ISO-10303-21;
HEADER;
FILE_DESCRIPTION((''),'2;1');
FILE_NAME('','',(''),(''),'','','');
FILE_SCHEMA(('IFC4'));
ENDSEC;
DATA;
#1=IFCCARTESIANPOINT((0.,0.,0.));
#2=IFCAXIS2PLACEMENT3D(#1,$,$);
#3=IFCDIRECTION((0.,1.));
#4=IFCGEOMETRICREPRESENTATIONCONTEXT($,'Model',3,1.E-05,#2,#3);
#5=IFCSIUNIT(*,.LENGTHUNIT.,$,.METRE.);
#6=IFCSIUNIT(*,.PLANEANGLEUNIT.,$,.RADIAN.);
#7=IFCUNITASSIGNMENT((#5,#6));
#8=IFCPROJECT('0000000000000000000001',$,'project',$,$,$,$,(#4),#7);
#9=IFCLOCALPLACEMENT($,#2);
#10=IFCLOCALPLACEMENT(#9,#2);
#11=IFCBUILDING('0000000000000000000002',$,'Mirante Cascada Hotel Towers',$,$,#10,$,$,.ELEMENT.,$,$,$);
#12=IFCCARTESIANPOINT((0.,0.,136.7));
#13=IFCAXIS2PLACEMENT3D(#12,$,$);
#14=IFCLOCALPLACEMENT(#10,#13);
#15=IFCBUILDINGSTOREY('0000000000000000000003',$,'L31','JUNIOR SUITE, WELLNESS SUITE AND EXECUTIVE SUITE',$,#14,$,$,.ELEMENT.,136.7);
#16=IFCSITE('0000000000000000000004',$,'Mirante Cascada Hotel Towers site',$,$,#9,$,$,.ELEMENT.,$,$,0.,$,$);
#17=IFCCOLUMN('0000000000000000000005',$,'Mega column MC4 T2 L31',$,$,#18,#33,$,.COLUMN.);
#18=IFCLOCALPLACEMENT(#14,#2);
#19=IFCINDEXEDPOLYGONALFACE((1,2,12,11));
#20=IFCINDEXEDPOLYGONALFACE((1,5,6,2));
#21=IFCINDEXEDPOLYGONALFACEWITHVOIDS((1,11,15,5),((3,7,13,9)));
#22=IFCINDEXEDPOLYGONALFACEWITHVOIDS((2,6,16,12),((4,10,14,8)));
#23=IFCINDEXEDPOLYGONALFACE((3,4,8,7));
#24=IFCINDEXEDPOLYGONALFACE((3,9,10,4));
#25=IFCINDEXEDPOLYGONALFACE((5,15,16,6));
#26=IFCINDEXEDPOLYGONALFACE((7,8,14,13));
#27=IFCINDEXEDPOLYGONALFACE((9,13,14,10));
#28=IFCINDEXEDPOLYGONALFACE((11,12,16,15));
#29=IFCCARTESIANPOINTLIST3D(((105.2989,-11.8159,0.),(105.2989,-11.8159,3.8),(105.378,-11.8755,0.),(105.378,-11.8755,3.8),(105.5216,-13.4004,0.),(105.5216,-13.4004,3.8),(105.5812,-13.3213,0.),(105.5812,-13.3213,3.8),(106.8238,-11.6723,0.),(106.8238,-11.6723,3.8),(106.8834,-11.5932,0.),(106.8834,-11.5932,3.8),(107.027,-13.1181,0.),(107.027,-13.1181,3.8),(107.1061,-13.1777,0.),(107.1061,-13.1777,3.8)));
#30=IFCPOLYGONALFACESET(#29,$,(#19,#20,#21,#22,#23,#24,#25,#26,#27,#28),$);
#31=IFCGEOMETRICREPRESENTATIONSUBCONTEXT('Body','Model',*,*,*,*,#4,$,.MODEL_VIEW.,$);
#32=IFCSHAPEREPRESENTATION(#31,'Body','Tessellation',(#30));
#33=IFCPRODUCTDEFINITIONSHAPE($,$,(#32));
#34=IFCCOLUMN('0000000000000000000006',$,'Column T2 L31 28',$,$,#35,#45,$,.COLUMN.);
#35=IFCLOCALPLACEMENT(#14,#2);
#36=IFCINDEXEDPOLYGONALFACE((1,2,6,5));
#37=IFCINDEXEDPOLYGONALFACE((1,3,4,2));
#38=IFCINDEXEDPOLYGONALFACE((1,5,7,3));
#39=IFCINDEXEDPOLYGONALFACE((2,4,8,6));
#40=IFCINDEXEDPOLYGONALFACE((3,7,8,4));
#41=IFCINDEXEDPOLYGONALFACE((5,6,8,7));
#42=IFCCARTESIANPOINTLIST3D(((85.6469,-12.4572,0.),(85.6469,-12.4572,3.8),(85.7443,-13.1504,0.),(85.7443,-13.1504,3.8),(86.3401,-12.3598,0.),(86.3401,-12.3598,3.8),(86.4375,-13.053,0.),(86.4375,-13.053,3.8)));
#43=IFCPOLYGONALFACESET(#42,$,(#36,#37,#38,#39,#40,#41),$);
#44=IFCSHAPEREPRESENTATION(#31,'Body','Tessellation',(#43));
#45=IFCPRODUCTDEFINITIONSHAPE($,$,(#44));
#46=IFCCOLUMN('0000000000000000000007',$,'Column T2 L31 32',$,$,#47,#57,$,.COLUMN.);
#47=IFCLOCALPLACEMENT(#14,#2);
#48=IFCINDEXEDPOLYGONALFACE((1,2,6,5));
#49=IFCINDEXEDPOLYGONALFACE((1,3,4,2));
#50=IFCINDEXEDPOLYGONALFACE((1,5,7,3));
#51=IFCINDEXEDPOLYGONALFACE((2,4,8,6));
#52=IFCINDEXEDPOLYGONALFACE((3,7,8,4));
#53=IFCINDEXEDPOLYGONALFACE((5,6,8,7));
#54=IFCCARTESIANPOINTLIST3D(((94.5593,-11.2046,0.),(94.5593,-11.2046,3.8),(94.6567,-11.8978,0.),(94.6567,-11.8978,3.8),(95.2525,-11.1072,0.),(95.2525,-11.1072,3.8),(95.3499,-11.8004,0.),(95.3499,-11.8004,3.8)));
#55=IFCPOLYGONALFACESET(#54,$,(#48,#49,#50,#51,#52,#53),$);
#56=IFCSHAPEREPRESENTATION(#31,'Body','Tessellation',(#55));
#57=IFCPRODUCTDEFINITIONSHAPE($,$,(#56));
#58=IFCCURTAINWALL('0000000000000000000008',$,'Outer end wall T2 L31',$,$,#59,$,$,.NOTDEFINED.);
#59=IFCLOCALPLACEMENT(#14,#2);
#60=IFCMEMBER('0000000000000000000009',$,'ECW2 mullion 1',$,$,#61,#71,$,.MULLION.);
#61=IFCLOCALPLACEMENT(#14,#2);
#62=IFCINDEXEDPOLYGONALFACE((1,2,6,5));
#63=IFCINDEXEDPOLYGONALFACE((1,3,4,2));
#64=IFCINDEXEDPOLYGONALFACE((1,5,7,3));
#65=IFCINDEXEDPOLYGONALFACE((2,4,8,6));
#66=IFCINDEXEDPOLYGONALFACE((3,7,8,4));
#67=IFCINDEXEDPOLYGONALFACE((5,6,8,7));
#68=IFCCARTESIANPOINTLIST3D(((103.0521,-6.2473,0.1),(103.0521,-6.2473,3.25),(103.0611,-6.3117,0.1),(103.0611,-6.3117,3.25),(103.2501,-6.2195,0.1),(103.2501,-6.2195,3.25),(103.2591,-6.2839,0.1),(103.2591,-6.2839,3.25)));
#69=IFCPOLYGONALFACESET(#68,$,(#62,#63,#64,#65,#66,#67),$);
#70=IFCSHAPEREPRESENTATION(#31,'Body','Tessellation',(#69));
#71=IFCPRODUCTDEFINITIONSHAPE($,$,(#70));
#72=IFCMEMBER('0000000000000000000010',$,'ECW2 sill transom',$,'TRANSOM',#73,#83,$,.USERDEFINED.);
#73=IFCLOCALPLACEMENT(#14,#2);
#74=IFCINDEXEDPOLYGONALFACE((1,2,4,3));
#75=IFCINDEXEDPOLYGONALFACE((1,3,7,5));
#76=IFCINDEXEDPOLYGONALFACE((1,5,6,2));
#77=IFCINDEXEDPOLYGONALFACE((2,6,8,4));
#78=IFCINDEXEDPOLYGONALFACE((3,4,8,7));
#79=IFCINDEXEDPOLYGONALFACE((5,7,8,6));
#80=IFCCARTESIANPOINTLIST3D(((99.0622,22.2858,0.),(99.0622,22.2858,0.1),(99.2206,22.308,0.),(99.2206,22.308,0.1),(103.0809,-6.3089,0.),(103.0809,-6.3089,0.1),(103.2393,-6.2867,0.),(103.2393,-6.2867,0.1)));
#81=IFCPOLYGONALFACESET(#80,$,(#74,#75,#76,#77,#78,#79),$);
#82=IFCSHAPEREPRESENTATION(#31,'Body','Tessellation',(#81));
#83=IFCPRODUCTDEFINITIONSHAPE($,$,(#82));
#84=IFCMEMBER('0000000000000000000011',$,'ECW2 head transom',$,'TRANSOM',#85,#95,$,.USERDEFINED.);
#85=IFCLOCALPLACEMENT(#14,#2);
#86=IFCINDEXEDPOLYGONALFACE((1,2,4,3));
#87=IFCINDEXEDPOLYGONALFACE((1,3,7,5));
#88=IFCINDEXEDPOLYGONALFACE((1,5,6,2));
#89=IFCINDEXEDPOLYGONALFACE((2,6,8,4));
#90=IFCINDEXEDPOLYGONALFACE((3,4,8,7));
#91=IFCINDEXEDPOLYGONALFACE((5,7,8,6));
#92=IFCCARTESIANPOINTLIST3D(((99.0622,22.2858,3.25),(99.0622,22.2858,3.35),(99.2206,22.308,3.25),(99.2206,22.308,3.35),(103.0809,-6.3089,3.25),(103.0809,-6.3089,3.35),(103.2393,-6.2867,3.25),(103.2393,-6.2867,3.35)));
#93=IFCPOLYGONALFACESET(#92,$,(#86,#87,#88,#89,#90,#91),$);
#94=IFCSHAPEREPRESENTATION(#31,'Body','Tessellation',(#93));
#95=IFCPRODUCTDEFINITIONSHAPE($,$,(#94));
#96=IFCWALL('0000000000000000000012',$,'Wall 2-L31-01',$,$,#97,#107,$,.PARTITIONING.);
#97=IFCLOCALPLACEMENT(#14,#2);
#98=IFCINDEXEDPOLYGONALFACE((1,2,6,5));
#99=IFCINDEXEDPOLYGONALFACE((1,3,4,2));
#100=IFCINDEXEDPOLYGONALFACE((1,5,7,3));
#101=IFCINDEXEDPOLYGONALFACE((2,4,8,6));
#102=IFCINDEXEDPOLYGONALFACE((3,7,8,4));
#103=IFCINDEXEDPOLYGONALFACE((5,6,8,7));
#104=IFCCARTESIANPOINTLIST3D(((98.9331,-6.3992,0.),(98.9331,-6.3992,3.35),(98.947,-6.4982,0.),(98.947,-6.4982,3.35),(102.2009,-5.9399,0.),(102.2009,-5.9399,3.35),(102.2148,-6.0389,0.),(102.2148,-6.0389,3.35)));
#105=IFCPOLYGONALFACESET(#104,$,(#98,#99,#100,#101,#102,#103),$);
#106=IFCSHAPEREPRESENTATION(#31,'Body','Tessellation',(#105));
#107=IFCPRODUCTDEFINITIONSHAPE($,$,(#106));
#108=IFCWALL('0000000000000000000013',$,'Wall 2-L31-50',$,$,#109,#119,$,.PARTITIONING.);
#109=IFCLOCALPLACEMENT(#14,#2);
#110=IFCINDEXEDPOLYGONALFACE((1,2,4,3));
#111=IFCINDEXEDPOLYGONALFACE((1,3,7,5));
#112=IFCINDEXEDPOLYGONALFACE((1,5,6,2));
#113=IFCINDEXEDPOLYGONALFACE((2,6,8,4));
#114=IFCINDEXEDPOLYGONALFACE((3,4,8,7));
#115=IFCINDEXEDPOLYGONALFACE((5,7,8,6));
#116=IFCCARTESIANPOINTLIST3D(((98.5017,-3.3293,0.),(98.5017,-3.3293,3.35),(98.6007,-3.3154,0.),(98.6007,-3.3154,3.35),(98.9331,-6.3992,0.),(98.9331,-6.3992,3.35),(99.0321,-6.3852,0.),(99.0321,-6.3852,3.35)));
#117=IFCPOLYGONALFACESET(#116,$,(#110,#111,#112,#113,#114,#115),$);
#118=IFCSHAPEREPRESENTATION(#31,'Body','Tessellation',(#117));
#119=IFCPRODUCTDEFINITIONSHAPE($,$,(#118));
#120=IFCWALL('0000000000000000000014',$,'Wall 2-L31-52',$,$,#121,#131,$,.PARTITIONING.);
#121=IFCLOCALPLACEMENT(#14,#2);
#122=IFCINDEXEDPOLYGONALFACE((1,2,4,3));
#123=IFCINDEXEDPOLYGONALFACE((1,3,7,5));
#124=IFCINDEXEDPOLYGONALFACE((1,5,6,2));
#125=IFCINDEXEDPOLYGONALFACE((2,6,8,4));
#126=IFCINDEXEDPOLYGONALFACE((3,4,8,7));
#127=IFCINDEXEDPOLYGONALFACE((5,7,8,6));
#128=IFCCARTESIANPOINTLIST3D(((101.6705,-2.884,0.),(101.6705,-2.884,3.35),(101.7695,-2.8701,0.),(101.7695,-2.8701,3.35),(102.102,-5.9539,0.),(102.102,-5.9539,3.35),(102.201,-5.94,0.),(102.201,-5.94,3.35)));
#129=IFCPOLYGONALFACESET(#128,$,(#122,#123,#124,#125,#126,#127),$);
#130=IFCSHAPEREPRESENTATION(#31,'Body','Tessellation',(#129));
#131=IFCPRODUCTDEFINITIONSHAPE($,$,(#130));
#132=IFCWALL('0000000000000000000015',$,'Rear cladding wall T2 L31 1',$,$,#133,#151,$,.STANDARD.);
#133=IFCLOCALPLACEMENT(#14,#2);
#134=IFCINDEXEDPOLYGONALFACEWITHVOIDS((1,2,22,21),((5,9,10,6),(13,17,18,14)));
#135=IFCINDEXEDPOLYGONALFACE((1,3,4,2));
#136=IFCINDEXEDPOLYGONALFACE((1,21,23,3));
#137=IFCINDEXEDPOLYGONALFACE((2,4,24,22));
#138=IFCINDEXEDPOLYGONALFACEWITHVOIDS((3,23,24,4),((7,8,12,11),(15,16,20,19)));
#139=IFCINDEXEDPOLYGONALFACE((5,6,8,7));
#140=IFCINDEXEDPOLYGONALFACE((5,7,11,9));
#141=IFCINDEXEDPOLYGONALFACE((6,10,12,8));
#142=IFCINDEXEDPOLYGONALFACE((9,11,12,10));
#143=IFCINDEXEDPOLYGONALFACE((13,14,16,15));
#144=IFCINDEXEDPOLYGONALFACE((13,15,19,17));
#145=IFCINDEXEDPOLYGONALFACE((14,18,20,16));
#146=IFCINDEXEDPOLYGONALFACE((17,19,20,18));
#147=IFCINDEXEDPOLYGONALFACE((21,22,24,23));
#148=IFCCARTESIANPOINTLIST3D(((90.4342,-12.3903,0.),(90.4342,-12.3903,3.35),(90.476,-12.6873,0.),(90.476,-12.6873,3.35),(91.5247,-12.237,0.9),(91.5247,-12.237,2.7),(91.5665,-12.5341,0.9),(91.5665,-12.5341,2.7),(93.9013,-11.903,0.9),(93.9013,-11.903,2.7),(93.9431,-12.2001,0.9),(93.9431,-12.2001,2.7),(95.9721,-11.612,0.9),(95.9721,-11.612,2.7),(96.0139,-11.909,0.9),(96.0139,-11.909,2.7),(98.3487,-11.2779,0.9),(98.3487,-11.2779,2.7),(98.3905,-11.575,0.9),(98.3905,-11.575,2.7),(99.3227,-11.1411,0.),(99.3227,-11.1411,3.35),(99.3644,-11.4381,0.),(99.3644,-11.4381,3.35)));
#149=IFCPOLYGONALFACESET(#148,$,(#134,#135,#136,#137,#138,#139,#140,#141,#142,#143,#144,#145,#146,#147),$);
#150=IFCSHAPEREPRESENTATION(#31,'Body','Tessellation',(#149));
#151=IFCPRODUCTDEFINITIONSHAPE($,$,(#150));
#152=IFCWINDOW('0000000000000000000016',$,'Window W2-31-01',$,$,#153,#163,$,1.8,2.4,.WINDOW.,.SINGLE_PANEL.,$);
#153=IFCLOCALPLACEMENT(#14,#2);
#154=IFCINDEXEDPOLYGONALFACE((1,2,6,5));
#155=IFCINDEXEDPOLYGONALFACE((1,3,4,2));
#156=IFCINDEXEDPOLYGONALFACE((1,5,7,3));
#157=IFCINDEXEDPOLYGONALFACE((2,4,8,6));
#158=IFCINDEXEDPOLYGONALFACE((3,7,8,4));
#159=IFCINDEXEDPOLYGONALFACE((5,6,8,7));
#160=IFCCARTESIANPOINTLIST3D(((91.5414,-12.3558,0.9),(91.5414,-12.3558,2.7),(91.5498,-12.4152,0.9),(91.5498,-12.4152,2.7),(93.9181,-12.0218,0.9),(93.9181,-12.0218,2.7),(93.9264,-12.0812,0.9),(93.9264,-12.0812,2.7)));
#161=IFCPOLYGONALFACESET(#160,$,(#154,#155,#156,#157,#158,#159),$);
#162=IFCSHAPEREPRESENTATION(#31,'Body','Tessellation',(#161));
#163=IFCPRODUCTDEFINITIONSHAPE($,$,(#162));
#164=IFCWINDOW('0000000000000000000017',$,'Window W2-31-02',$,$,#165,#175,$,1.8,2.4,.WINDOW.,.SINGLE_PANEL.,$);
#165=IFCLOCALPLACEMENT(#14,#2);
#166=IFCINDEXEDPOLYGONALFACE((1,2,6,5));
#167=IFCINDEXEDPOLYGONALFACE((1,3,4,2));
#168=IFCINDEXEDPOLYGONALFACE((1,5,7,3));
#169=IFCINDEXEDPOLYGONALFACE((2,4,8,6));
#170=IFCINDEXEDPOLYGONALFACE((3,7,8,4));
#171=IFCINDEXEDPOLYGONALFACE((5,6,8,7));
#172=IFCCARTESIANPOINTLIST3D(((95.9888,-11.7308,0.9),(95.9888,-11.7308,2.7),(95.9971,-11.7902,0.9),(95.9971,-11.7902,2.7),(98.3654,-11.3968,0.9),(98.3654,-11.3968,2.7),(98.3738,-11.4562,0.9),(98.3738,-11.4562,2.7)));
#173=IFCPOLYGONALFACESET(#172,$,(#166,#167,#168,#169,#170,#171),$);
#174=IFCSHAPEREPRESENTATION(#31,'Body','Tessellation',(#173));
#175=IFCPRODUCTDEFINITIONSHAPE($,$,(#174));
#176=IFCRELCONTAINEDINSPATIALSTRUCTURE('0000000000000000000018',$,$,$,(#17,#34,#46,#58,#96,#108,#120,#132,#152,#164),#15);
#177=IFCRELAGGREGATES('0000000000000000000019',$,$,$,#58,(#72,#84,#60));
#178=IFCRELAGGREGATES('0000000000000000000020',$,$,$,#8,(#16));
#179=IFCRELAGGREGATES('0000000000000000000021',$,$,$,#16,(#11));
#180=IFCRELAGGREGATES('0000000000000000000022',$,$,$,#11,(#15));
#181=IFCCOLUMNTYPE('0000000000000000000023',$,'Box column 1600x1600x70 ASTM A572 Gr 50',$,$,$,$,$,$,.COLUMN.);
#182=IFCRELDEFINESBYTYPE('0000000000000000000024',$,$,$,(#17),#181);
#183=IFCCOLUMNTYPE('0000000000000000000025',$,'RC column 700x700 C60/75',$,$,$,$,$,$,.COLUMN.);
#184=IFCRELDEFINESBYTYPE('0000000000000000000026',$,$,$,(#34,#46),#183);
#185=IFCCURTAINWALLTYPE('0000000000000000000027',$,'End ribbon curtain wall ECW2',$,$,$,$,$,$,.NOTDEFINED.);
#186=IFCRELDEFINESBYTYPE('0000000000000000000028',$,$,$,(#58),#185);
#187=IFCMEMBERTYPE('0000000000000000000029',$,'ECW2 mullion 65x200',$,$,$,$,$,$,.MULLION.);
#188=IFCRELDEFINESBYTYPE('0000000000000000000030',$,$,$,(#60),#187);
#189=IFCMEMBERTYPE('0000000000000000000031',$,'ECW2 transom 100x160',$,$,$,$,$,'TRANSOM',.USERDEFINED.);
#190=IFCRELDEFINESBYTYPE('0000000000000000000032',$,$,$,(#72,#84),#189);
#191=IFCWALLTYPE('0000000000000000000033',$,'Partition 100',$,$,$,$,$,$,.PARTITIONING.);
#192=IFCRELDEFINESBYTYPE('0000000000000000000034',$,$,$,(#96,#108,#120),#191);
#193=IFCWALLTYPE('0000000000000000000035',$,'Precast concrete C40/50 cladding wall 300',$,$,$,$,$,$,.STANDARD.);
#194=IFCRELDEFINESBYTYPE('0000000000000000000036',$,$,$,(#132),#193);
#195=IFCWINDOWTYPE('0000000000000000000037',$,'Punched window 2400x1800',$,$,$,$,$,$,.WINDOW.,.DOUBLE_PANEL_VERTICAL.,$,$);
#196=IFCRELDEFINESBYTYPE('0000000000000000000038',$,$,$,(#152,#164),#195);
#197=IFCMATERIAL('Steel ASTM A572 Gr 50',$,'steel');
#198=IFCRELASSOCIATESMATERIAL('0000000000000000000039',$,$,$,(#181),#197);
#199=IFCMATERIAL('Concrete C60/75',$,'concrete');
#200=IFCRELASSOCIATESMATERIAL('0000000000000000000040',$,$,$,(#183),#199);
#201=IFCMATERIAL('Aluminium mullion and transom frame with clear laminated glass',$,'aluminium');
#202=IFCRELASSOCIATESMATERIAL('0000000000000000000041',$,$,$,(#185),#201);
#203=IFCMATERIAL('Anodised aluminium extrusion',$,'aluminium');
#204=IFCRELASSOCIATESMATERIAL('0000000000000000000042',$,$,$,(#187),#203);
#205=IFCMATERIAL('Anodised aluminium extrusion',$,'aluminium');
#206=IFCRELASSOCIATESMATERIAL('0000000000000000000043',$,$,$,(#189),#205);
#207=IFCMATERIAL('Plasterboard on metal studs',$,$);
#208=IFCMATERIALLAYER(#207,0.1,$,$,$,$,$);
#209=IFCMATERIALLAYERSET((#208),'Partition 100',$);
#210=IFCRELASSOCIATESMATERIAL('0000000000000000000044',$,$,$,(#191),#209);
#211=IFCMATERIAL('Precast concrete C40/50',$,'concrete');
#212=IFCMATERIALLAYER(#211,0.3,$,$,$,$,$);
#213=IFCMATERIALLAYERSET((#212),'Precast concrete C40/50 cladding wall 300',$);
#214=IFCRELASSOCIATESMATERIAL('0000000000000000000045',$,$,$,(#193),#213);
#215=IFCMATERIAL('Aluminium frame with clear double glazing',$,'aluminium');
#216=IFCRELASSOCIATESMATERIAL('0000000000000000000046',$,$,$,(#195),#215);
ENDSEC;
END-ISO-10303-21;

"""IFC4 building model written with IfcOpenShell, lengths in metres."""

from ifc_helpers import new_model, si_unit, direction, frame, frame_2d, origin, origin_2d, place, context, subcontext, project, spatial, rectangle, hollow_rectangle, extrude, material, layer, layer_set, material_profile, profile_set, type_object, element, fill, aggregate, save


model = new_model("IFC4")

# Units and contexts
model_context = context("Model", 3, precision=1e-05, world=origin(), true_north=direction((0.0, 1.0)))
body_context = subcontext(model_context, "Body", "Model", "MODEL_VIEW")
ifc_project = project(units=[si_unit("LENGTHUNIT", "METRE"), si_unit("PLANEANGLEUNIT", "RADIAN")], contexts=[model_context])

# Site, building, storey
site_placement = place(None, origin())
site = spatial("IfcSite", under=ifc_project, at=site_placement, Name="Mirante Cascada Hotel Towers site", CompositionType="ELEMENT", RefElevation=0.0)
building_placement = place(site_placement, origin())
building = spatial("IfcBuilding", under=site, at=building_placement, Name="Mirante Cascada Hotel Towers", CompositionType="ELEMENT")
storey_placement = place(building_placement, frame((0.0, 0.0, 136.7)))
storey = spatial("IfcBuildingStorey", under=building, at=storey_placement, Name="L31", Description="JUNIOR SUITE, WELLNESS SUITE AND EXECUTIVE SUITE", CompositionType="ELEMENT", Elevation=136.7)

# Columns
ifc_material_1 = material(Name="Steel ASTM A572 Gr 50", Category="steel")
ifc_material_profile_1 = material_profile(ifc_material_1, hollow_rectangle(XDim=1.6, YDim=1.6, WallThickness=0.07, at=origin_2d()), Name="Box column 1600x1600x70 ASTM A572 Gr 50")
ifc_profile_set_1 = profile_set([ifc_material_profile_1], Name="Steel ASTM A572 Gr 50")
column_type_1 = type_object("IfcColumnType", Name="Box column 1600x1600x70 ASTM A572 Gr 50", PredefinedType="COLUMN", material=ifc_profile_set_1)
column_placement = place(storey_placement, frame((106.2025, -12.4968, 0.0), z_axis=(0.0, 0.0, 1.0), x_axis=(0.990268, 0.139173, 0.0)))
element("IfcColumn", 1, at=column_placement, inside=storey, type_object=column_type_1, Name="Mega column MC4 T2 L31", PredefinedType="COLUMN", context=body_context, shape_type="SweptSolid", body=[
    extrude(hollow_rectangle(XDim=1.6, YDim=1.6, WallThickness=0.07, at=origin_2d()), origin(), (0.0, 0.0, 1.0), 3.8),
])
ifc_material_2 = material(Name="Concrete C60/75", Category="concrete")
ifc_material_profile_2 = material_profile(ifc_material_2, rectangle(XDim=0.7, YDim=0.7, at=origin_2d()), Name="RC column 700x700 C60/75")
ifc_profile_set_2 = profile_set([ifc_material_profile_2], Name="Concrete C60/75")
column_type_2 = type_object("IfcColumnType", Name="RC column 700x700 C60/75", PredefinedType="COLUMN", material=ifc_profile_set_2)
for number, where, z_axis, x_axis, name in (
    (2, (86.0422, -12.7551, 0.0), (0.0, 0.0, 1.0), (0.990268, 0.139173, 0.0), "Column T2 L31 28"),
    (3, (94.9546, -11.5025, 0.0), (0.0, 0.0, 1.0), (0.990268, 0.139173, 0.0), "Column T2 L31 32"),
):
    element("IfcColumn", number, at=place(storey_placement, frame(where, z_axis=z_axis, x_axis=x_axis)), inside=storey, type_object=column_type_2, Name=name, PredefinedType="COLUMN", context=body_context, shape_type="SweptSolid", body=[
        extrude(rectangle(XDim=0.7, YDim=0.7, at=origin_2d()), origin(), (0.0, 0.0, 1.0), 3.8),
    ])

# Curtain wall, members
ifc_material_3 = material(Name="Aluminium mullion and transom frame with clear laminated glass", Category="aluminium")
curtain_wall_type = type_object("IfcCurtainWallType", Name="End ribbon curtain wall ECW2", PredefinedType="NOTDEFINED", material=ifc_material_3)
curtain_wall_placement = place(storey_placement, origin())
curtain_wall = element("IfcCurtainWall", 4, at=curtain_wall_placement, inside=storey, type_object=curtain_wall_type, Name="Outer end wall T2 L31", PredefinedType="NOTDEFINED")
ifc_material_4 = material(Name="Anodised aluminium extrusion", Category="aluminium")
ifc_material_profile_3 = material_profile(ifc_material_4, rectangle(XDim=0.2, YDim=0.065, at=origin_2d()), Name="ECW2 MULLION 65x200")
ifc_profile_set_3 = profile_set([ifc_material_profile_3], Name="Anodised aluminium extrusion")
member_type_1 = type_object("IfcMemberType", Name="ECW2 mullion 65x200", PredefinedType="MULLION", material=ifc_profile_set_3)
member_1_placement = place(storey_placement, frame((103.1556, -6.2656, 0.1), z_axis=(0.0, 0.0, 1.0), x_axis=(-0.990268, -0.139173, 0.0)))
member_1 = element("IfcMember", 5, at=member_1_placement, type_object=member_type_1, Name="ECW2 mullion 1", PredefinedType="MULLION", context=body_context, shape_type="SweptSolid", body=[
    extrude(rectangle(XDim=0.2, YDim=0.065, at=origin_2d()), origin(), (0.0, 0.0, 1.0), 3.15),
])
ifc_material_5 = material(Name="Anodised aluminium extrusion", Category="aluminium")
ifc_material_profile_4 = material_profile(ifc_material_5, rectangle(XDim=0.16, YDim=0.1, at=origin_2d()), Name="ECW2 TRANSOM 100x160")
ifc_profile_set_4 = profile_set([ifc_material_profile_4], Name="Anodised aluminium extrusion")
member_type_2 = type_object("IfcMemberType", Name="ECW2 transom 100x160", ElementType="TRANSOM", PredefinedType="USERDEFINED", material=ifc_profile_set_4)
member_2_placement = place(storey_placement, frame((103.1601, -6.2978, 0.05), z_axis=(-0.139172, 0.990268, 0.0), x_axis=(-0.990268, -0.139172, 0.0)))
member_2 = element("IfcMember", 6, at=member_2_placement, type_object=member_type_2, Name="ECW2 sill transom", ObjectType="TRANSOM", PredefinedType="USERDEFINED", context=body_context, shape_type="SweptSolid", body=[
    extrude(rectangle(XDim=0.16, YDim=0.1, at=origin_2d()), origin(), (0.0, 0.0, 1.0), 28.8757),
])
member_3_placement = place(storey_placement, frame((103.1601, -6.2978, 3.3), z_axis=(-0.139172, 0.990268, 0.0), x_axis=(-0.990268, -0.139172, 0.0)))
member_3 = element("IfcMember", 7, at=member_3_placement, type_object=member_type_2, Name="ECW2 head transom", ObjectType="TRANSOM", PredefinedType="USERDEFINED", context=body_context, shape_type="SweptSolid", body=[
    extrude(rectangle(XDim=0.16, YDim=0.1, at=origin_2d()), origin(), (0.0, 0.0, 1.0), 28.8757),
])
aggregate(curtain_wall, [member_2, member_3, member_1])

# Walls
ifc_material_6 = material(Name="Plasterboard on metal studs")
ifc_layer_1 = layer(ifc_material_6, 0.1)
ifc_layer_set_1 = layer_set([ifc_layer_1], Name="Partition 100")
wall_type_1 = type_object("IfcWallType", Name="Partition 100", PredefinedType="PARTITIONING", material=ifc_layer_set_1)
wall_1_placement = place(storey_placement, frame((102.2079, -5.9894, 0.0), z_axis=(0.0, 0.0, 1.0), x_axis=(-0.990266, -0.139185, 0.0)))
element("IfcWall", 8, at=wall_1_placement, inside=storey, type_object=wall_type_1, Name="Wall 2-L31-01", PredefinedType="PARTITIONING", context=body_context, shape_type="SweptSolid", body=[
    extrude(rectangle(XDim=3.2999, YDim=0.1, at=frame_2d((1.65, 0.0))), origin(), (0.0, 0.0, 1.0), 3.35),
])
wall_2_placement = place(storey_placement, frame((98.9826, -6.3922, 0.0), z_axis=(0.0, 0.0, 1.0), x_axis=(-0.139163, 0.99027, 0.0)))
element("IfcWall", 9, at=wall_2_placement, inside=storey, type_object=wall_type_1, Name="Wall 2-L31-50", PredefinedType="PARTITIONING", context=body_context, shape_type="SweptSolid", body=[
    extrude(rectangle(XDim=3.1, YDim=0.1, at=frame_2d((1.55, 0.0))), origin(), (0.0, 0.0, 1.0), 3.35),
])
wall_3_placement = place(storey_placement, frame((102.1515, -5.9469, 0.0), z_axis=(0.0, 0.0, 1.0), x_axis=(-0.13919, 0.990266, 0.0)))
element("IfcWall", 10, at=wall_3_placement, inside=storey, type_object=wall_type_1, Name="Wall 2-L31-52", PredefinedType="PARTITIONING", context=body_context, shape_type="SweptSolid", body=[
    extrude(rectangle(XDim=3.1001, YDim=0.1, at=frame_2d((1.55, 0.0))), origin(), (0.0, 0.0, 1.0), 3.35),
])

# Wall, openings, windows
ifc_material_7 = material(Name="Precast concrete C40/50", Category="concrete")
ifc_layer_2 = layer(ifc_material_7, 0.3)
ifc_layer_set_2 = layer_set([ifc_layer_2], Name="Precast concrete C40/50 cladding wall 300")
wall_type_2 = type_object("IfcWallType", Name="Precast concrete C40/50 cladding wall 300", PredefinedType="STANDARD", material=ifc_layer_set_2)
wall_4_placement = place(storey_placement, frame((90.4551, -12.5388, 0.0), z_axis=(0.0, 0.0, 1.0), x_axis=(0.990268, 0.139175, 0.0)))
wall_4 = element("IfcWall", 11, at=wall_4_placement, inside=storey, type_object=wall_type_2, Name="Rear cladding wall T2 L31 1", PredefinedType="STANDARD", context=body_context, shape_type="SweptSolid", body=[
    extrude(rectangle(XDim=8.9758, YDim=0.3, at=frame_2d((4.4879, 0.0))), origin(), (0.0, 0.0, 1.0), 3.35),
])
opening_1_placement = place(wall_4_placement, frame((1.1012, 0.0, 0.9)))
opening_1 = element("IfcOpeningElement", 12, at=opening_1_placement, cuts=wall_4, PredefinedType="OPENING", context=body_context, shape_type="SweptSolid", body=[
    extrude(rectangle(XDim=2.4, YDim=1.8, at=frame_2d((1.2, 0.9))), frame((0.0, 0.15, 0.0), z_axis=(0.0, -1.0, 0.0), x_axis=(1.0, 0.0, 0.0)), (0.0, 0.0, 1.0), 0.3),
])
opening_2_placement = place(wall_4_placement, frame((5.5923, 0.0, 0.9)))
opening_2 = element("IfcOpeningElement", 13, at=opening_2_placement, cuts=wall_4, PredefinedType="OPENING", context=body_context, shape_type="SweptSolid", body=[
    extrude(rectangle(XDim=2.4, YDim=1.8, at=frame_2d((1.2, 0.9))), frame((0.0, 0.15, 0.0), z_axis=(0.0, -1.0, 0.0), x_axis=(1.0, 0.0, 0.0)), (0.0, 0.0, 1.0), 0.3),
])
ifc_material_8 = material(Name="Aluminium frame with clear double glazing", Category="aluminium")
window_type_1 = type_object("IfcWindowType", Name="Punched window 2400x1800", PartitioningType="DOUBLE_PANEL_VERTICAL", PredefinedType="WINDOW", material=ifc_material_8)
window_1_placement = place(opening_1_placement, origin())
window_1 = element("IfcWindow", 14, at=window_1_placement, inside=storey, type_object=window_type_1, Name="Window W2-31-01", OverallHeight=1.8, OverallWidth=2.4, PartitioningType="SINGLE_PANEL", PredefinedType="WINDOW", context=body_context, shape_type="SweptSolid", body=[
    extrude(rectangle(XDim=2.4, YDim=1.8, at=frame_2d((1.2, 0.9))), frame((0.0, 0.03, 0.0), z_axis=(0.0, -1.0, 0.0), x_axis=(1.0, 0.0, 0.0)), (0.0, 0.0, 1.0), 0.06),
])
fill(opening_1, window_1)
window_2_placement = place(opening_2_placement, origin())
window_2 = element("IfcWindow", 15, at=window_2_placement, inside=storey, type_object=window_type_1, Name="Window W2-31-02", OverallHeight=1.8, OverallWidth=2.4, PartitioningType="SINGLE_PANEL", PredefinedType="WINDOW", context=body_context, shape_type="SweptSolid", body=[
    extrude(rectangle(XDim=2.4, YDim=1.8, at=frame_2d((1.2, 0.9))), frame((0.0, 0.03, 0.0), z_axis=(0.0, -1.0, 0.0), x_axis=(1.0, 0.0, 0.0)), (0.0, 0.0, 1.0), 0.06),
])
fill(opening_2, window_2)

save(model, "model.ifc")
